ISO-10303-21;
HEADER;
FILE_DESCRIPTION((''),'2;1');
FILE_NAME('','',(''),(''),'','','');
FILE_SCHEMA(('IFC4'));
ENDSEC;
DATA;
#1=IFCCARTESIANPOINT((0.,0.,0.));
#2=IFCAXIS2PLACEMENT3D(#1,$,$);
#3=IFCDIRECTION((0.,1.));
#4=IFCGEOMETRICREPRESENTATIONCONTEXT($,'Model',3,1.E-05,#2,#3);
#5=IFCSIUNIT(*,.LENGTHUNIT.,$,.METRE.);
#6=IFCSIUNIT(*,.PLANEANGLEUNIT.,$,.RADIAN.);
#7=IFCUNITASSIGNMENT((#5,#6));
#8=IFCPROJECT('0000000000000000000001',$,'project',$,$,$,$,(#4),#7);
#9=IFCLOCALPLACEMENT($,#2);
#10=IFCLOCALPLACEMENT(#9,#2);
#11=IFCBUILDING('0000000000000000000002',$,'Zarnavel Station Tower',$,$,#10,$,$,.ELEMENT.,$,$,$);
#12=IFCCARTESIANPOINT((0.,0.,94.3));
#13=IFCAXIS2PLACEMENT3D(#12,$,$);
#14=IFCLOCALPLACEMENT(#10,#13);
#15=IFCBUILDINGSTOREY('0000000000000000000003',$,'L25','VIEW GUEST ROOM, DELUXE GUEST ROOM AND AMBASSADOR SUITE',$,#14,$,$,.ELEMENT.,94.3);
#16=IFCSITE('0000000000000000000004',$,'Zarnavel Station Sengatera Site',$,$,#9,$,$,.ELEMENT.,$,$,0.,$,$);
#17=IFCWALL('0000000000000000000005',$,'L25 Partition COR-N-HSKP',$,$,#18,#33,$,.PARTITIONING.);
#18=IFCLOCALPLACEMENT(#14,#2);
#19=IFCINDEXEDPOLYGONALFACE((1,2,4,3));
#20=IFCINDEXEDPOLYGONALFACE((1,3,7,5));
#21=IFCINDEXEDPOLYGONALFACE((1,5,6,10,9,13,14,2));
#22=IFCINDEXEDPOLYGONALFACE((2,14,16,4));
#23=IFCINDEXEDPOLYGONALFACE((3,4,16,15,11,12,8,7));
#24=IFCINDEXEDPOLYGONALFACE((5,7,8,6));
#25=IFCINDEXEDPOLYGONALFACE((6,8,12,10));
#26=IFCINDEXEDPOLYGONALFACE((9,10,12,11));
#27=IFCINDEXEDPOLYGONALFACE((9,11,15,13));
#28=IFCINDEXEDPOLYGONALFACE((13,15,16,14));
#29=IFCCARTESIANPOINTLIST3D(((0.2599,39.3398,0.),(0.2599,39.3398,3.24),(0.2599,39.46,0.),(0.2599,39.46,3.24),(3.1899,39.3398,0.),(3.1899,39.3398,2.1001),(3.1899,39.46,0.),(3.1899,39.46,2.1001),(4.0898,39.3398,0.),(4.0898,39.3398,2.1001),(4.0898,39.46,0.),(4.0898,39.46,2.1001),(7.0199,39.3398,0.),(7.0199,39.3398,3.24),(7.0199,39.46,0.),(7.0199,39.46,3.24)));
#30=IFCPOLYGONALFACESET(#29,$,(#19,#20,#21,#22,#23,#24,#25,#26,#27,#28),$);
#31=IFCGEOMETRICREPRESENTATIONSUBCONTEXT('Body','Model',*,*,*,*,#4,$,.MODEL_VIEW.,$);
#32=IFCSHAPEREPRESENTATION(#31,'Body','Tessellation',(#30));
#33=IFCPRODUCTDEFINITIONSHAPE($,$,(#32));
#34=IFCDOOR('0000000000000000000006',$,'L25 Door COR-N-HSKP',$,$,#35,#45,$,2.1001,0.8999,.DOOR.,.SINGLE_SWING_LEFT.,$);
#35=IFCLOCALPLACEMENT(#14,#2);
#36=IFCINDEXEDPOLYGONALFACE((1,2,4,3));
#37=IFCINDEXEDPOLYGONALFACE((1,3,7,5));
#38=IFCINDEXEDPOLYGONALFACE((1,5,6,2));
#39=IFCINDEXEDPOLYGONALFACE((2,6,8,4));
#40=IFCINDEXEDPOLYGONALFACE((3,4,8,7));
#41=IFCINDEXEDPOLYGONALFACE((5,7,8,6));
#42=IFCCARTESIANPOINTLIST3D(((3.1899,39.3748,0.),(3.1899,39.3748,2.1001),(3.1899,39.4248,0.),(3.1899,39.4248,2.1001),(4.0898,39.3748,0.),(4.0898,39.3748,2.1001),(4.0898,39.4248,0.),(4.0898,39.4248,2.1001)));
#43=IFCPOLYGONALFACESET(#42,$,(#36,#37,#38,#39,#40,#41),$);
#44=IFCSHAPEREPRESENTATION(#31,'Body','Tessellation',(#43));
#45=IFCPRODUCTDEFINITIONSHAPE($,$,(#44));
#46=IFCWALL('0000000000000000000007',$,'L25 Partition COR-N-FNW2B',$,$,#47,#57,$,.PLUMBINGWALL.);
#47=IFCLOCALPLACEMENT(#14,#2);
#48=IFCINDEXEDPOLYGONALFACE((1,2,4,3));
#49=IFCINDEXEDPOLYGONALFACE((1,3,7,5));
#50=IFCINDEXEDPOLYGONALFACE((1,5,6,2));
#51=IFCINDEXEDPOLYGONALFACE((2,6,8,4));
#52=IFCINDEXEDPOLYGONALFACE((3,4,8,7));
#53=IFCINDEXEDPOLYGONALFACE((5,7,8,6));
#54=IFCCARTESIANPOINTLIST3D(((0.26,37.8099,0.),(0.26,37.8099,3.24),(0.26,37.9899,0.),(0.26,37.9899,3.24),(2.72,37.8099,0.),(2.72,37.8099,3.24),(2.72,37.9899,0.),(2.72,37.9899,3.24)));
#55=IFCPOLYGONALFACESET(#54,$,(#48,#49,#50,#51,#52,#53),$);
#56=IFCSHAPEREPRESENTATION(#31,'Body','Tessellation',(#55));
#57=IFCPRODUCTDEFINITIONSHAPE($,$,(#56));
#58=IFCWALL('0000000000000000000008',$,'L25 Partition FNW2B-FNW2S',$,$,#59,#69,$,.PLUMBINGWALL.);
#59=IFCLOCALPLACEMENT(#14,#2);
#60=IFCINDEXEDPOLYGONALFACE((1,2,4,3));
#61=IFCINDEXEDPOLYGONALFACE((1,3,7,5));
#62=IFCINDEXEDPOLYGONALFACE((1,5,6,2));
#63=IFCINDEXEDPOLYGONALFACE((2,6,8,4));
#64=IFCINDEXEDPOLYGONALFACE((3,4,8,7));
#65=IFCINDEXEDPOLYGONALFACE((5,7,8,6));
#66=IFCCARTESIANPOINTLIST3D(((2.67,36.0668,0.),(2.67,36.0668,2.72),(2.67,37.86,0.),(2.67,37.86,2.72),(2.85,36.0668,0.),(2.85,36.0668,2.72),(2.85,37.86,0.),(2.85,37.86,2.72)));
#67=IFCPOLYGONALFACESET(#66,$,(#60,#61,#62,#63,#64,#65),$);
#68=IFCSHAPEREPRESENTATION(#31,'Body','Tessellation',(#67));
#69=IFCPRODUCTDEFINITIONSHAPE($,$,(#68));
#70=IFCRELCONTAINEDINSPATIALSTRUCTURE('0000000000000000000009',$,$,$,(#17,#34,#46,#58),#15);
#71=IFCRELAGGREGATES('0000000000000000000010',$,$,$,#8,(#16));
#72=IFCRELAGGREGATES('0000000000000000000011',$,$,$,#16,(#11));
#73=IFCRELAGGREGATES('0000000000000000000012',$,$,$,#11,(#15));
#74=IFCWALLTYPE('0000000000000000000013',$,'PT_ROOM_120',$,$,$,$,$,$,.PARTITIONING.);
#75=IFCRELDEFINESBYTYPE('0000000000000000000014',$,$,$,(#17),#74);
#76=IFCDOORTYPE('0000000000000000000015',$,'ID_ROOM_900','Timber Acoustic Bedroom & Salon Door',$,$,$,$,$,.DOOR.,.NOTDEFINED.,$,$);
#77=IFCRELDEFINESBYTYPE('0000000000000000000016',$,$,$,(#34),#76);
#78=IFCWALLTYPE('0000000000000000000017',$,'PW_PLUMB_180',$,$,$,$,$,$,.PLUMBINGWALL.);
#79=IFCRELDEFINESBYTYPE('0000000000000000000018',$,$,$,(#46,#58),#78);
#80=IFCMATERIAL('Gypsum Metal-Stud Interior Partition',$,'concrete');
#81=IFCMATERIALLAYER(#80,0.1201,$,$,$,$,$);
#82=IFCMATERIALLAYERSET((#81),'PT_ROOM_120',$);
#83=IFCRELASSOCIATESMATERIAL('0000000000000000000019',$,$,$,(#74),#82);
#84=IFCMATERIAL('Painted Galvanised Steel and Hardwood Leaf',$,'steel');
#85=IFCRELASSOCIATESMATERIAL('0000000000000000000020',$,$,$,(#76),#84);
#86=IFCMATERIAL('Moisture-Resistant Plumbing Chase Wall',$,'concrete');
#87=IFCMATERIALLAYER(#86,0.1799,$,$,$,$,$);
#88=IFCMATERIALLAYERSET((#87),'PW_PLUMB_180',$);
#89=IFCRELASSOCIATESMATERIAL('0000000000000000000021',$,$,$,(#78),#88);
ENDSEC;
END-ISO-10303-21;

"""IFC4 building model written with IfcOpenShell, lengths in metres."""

from ifc_helpers import new_model, si_unit, direction, frame, frame_2d, origin, place, context, subcontext, project, spatial, rectangle, extrude, material, layer, layer_set, type_object, element, fill, save


model = new_model("IFC4")

# Units and contexts
model_context = context("Model", 3, precision=1e-05, world=origin(), true_north=direction((0.0, 1.0)))
body_context = subcontext(model_context, "Body", "Model", "MODEL_VIEW")
ifc_project = project(units=[si_unit("LENGTHUNIT", "METRE"), si_unit("PLANEANGLEUNIT", "RADIAN")], contexts=[model_context])

# Site, building, storey
site_placement = place(None, origin())
site = spatial("IfcSite", under=ifc_project, at=site_placement, Name="Zarnavel Station Sengatera Site", CompositionType="ELEMENT", RefElevation=0.0)
building_placement = place(site_placement, origin())
building = spatial("IfcBuilding", under=site, at=building_placement, Name="Zarnavel Station Tower", CompositionType="ELEMENT")
storey_placement = place(building_placement, frame((0.0, 0.0, 94.3)))
storey = spatial("IfcBuildingStorey", under=building, at=storey_placement, Name="L25", Description="VIEW GUEST ROOM, DELUXE GUEST ROOM AND AMBASSADOR SUITE", CompositionType="ELEMENT", Elevation=94.3)

# Wall, opening, door
ifc_material_1 = material(Name="Gypsum Metal-Stud Interior Partition", Category="concrete")
ifc_layer_1 = layer(ifc_material_1, 0.1201)
ifc_layer_set_1 = layer_set([ifc_layer_1], Name="PT_ROOM_120")
wall_type_1 = type_object("IfcWallType", Name="PT_ROOM_120", PredefinedType="PARTITIONING", material=ifc_layer_set_1)
wall_1_placement = place(storey_placement, frame((0.26, 39.3999, 0.0), z_axis=(0.0, 0.0, 1.0), x_axis=(1.0, 0.0, 0.0)))
wall_1 = element("IfcWall", 1, at=wall_1_placement, inside=storey, type_object=wall_type_1, Name="L25 Partition COR-N-HSKP", PredefinedType="PARTITIONING", context=body_context, shape_type="SweptSolid", body=[
    extrude(rectangle(XDim=6.76, YDim=0.1201, at=frame_2d((3.3799, 0.0))), origin(), (0.0, 0.0, 1.0), 3.24),
])
opening_placement = place(wall_1_placement, frame((2.9299, 0.0, 0.0)))
opening = element("IfcOpeningElement", 2, at=opening_placement, cuts=wall_1, PredefinedType="OPENING", context=body_context, shape_type="SweptSolid", body=[
    extrude(rectangle(XDim=0.8999, YDim=2.1001, at=frame_2d((0.45, 1.05))), frame((0.0, 0.0701, 0.0), z_axis=(0.0, -1.0, 0.0), x_axis=(1.0, 0.0, 0.0)), (0.0, 0.0, 1.0), 0.1401),
])
ifc_material_2 = material(Name="Painted Galvanised Steel and Hardwood Leaf", Category="steel")
door_type = type_object("IfcDoorType", Name="ID_ROOM_900", Description="Timber Acoustic Bedroom & Salon Door", OperationType="NOTDEFINED", PredefinedType="DOOR", material=ifc_material_2)
door_placement = place(opening_placement, origin())
door = element("IfcDoor", 3, at=door_placement, inside=storey, type_object=door_type, Name="L25 Door COR-N-HSKP", OperationType="SINGLE_SWING_LEFT", OverallHeight=2.1001, OverallWidth=0.8999, PredefinedType="DOOR", context=body_context, shape_type="SweptSolid", body=[
    extrude(rectangle(XDim=0.8999, YDim=2.1001, at=frame_2d((0.45, 1.05))), frame((0.0, 0.0249, 0.0), z_axis=(0.0, -1.0, 0.0), x_axis=(1.0, 0.0, 0.0)), (0.0, 0.0, 1.0), 0.05),
])
fill(opening, door)

# Walls
ifc_material_3 = material(Name="Moisture-Resistant Plumbing Chase Wall", Category="concrete")
ifc_layer_2 = layer(ifc_material_3, 0.1799)
ifc_layer_set_2 = layer_set([ifc_layer_2], Name="PW_PLUMB_180")
wall_type_2 = type_object("IfcWallType", Name="PW_PLUMB_180", PredefinedType="PLUMBINGWALL", material=ifc_layer_set_2)
wall_2_placement = place(storey_placement, frame((0.26, 37.8999, 0.0), z_axis=(0.0, 0.0, 1.0), x_axis=(1.0, 0.0, 0.0)))
element("IfcWall", 4, at=wall_2_placement, inside=storey, type_object=wall_type_2, Name="L25 Partition COR-N-FNW2B", PredefinedType="PLUMBINGWALL", context=body_context, shape_type="SweptSolid", body=[
    extrude(rectangle(XDim=2.46, YDim=0.1799, at=frame_2d((1.23, 0.0))), origin(), (0.0, 0.0, 1.0), 3.24),
])
wall_3_placement = place(storey_placement, frame((2.76, 36.0669, 0.0), z_axis=(0.0, 0.0, 1.0), x_axis=(0.0, 1.0, 0.0)))
element("IfcWall", 5, at=wall_3_placement, inside=storey, type_object=wall_type_2, Name="L25 Partition FNW2B-FNW2S", PredefinedType="PLUMBINGWALL", context=body_context, shape_type="SweptSolid", body=[
    extrude(rectangle(XDim=1.7932, YDim=0.1799, at=frame_2d((0.8965, 0.0))), origin(), (0.0, 0.0, 1.0), 2.72),
])

save(model, "model.ifc")
